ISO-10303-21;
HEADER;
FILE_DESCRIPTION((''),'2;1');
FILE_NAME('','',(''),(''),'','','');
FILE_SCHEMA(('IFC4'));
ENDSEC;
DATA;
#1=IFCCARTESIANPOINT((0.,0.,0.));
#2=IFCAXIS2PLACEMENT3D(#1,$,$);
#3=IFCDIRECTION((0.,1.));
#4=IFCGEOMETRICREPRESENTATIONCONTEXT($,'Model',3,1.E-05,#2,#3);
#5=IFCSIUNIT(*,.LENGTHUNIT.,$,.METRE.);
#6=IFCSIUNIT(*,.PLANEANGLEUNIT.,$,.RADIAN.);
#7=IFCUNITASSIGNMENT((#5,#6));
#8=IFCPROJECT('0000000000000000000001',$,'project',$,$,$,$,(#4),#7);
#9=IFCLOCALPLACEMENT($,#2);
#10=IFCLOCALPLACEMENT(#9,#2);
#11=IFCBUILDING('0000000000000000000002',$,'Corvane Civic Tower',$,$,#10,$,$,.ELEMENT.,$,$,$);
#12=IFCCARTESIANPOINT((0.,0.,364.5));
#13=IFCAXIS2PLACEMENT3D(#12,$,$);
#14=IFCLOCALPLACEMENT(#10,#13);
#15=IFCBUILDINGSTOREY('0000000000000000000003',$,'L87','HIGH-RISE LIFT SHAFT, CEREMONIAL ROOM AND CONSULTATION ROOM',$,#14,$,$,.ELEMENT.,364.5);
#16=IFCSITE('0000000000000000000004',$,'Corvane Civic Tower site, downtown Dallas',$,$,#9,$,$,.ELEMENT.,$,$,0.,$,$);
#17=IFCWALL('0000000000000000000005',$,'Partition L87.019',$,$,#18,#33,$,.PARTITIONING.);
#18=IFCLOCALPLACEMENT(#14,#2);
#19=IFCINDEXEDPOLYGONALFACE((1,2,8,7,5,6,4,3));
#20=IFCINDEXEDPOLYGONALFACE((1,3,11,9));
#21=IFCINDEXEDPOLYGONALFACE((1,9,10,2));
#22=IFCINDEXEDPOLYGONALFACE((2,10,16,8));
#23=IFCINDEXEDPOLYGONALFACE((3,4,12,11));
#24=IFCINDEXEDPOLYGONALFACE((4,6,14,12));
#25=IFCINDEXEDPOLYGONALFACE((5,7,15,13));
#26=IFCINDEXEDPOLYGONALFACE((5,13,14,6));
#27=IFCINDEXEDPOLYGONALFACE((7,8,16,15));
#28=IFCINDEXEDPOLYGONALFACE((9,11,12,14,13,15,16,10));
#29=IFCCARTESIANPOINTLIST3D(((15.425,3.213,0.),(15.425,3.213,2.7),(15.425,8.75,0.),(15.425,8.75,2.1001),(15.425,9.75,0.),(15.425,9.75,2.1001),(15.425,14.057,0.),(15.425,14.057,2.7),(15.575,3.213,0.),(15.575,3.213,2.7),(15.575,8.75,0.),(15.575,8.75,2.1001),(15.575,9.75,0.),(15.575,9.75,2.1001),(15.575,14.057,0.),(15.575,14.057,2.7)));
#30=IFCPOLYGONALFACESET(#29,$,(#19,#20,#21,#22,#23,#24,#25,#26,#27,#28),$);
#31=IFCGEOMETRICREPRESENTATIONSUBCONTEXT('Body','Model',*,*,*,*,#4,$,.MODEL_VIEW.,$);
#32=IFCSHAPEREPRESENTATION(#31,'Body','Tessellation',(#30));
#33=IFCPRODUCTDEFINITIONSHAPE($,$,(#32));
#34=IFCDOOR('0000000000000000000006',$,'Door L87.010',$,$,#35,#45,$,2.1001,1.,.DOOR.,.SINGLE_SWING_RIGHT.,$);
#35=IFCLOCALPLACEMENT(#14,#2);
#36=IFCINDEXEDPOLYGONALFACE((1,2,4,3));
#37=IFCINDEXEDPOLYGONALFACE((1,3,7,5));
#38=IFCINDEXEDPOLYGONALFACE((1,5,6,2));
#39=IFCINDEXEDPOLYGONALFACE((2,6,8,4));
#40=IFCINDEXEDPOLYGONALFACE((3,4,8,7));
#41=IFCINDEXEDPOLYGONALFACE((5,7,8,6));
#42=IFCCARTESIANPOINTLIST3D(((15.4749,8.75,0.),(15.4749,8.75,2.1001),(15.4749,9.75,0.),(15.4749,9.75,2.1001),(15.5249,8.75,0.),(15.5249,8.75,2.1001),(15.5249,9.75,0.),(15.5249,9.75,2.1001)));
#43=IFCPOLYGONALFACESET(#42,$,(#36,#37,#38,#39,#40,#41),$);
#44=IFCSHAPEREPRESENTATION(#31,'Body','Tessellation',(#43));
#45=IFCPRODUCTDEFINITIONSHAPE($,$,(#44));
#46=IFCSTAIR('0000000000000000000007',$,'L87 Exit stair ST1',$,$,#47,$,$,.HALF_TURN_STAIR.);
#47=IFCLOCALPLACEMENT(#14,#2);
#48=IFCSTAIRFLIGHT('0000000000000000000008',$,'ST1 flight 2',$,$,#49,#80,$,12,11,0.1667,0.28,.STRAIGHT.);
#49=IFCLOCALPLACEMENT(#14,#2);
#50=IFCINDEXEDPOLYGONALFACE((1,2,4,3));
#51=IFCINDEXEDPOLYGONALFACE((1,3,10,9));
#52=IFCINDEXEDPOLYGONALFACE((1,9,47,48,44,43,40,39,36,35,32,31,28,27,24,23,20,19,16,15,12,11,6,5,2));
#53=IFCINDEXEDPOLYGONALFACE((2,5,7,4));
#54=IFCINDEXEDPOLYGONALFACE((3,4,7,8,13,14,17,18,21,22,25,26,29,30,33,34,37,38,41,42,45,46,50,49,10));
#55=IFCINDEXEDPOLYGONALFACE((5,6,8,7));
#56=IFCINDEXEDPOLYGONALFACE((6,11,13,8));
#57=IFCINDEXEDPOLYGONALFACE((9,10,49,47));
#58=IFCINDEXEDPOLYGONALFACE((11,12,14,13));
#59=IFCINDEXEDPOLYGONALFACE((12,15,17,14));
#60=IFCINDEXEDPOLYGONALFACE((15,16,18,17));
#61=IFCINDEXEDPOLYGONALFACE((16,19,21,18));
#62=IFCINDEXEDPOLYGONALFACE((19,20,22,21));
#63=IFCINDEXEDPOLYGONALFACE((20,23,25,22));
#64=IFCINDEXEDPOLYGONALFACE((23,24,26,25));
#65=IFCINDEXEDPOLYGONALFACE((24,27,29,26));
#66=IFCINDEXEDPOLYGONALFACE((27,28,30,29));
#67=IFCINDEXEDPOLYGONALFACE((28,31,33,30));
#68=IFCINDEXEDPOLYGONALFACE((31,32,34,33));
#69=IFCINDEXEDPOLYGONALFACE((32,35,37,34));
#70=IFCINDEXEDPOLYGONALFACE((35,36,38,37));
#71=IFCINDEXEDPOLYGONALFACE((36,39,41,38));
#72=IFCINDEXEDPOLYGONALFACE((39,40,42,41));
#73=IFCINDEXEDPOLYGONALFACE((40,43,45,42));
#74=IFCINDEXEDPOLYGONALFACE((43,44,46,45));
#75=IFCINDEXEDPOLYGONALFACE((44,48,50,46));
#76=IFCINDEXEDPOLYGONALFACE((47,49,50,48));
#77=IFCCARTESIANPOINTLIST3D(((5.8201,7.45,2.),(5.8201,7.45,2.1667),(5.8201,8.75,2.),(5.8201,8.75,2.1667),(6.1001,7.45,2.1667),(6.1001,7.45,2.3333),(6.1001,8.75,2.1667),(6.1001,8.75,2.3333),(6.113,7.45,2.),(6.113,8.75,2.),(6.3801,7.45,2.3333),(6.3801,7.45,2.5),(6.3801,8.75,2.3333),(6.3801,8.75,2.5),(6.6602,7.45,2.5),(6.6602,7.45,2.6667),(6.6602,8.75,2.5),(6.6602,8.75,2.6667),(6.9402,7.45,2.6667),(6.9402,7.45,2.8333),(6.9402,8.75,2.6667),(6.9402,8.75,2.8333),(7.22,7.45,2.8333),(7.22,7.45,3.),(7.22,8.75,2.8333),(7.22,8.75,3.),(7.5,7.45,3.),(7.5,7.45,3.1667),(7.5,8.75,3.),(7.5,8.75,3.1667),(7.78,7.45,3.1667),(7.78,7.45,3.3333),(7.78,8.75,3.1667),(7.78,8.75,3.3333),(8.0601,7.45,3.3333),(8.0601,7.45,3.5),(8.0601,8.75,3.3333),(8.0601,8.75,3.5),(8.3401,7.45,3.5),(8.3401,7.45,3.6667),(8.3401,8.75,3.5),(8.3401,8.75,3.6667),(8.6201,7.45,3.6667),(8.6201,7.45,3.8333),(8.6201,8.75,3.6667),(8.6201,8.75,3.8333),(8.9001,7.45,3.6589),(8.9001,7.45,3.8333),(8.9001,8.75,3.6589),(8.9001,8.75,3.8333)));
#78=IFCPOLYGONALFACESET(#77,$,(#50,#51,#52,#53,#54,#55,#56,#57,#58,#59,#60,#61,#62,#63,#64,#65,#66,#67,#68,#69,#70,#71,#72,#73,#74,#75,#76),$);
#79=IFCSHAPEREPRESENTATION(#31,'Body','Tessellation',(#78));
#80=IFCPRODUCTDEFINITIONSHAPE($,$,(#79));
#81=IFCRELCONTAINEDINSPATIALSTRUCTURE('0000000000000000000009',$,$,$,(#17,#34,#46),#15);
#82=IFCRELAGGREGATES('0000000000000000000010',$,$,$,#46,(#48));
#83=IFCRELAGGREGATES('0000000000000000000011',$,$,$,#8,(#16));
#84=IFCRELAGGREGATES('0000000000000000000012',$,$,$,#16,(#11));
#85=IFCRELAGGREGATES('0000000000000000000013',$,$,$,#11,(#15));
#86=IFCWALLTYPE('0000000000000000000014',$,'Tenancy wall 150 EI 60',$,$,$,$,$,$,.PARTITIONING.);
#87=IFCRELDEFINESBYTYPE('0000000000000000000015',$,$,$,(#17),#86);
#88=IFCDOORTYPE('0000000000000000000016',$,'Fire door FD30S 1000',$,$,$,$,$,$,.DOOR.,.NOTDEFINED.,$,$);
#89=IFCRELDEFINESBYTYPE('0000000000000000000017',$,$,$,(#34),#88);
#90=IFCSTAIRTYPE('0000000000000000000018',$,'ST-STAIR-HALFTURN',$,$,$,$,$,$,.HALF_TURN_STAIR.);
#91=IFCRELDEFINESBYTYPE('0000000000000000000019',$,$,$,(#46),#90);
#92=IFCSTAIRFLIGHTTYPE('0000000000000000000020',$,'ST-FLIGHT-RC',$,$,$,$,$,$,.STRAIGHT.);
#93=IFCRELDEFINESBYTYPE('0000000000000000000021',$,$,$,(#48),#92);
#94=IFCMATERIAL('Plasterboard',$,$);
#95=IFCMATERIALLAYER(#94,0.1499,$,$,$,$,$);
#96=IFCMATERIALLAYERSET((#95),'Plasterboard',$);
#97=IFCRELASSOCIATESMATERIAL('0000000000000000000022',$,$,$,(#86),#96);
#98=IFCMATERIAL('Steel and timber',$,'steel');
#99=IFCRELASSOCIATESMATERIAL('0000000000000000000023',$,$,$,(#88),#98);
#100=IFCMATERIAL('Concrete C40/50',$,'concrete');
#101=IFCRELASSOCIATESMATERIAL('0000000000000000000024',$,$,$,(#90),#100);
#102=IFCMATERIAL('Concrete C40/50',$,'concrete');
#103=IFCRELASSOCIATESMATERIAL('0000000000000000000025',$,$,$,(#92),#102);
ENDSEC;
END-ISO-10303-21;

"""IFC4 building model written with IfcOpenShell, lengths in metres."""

from ifc_helpers import new_model, si_unit, direction, frame, frame_2d, origin, place, context, subcontext, project, spatial, polyline, rectangle, outline, extrude, material, layer, layer_set, type_object, element, fill, aggregate, save


model = new_model("IFC4")

# Units and contexts
model_context = context("Model", 3, precision=1e-05, world=origin(), true_north=direction((0.0, 1.0)))
body_context = subcontext(model_context, "Body", "Model", "MODEL_VIEW")
ifc_project = project(units=[si_unit("LENGTHUNIT", "METRE"), si_unit("PLANEANGLEUNIT", "RADIAN")], contexts=[model_context])

# Site, building, storey
site_placement = place(None, origin())
site = spatial("IfcSite", under=ifc_project, at=site_placement, Name="Corvane Civic Tower site, downtown Dallas", CompositionType="ELEMENT", RefElevation=0.0)
building_placement = place(site_placement, origin())
building = spatial("IfcBuilding", under=site, at=building_placement, Name="Corvane Civic Tower", CompositionType="ELEMENT")
storey_placement = place(building_placement, frame((0.0, 0.0, 364.5)))
storey = spatial("IfcBuildingStorey", under=building, at=storey_placement, Name="L87", Description="HIGH-RISE LIFT SHAFT, CEREMONIAL ROOM AND CONSULTATION ROOM", CompositionType="ELEMENT", Elevation=364.5)

# Wall, opening, door
ifc_material_1 = material(Name="Plasterboard")
ifc_layer_1 = layer(ifc_material_1, 0.1499)
ifc_layer_set_1 = layer_set([ifc_layer_1], Name="Plasterboard")
wall_type_1 = type_object("IfcWallType", Name="Tenancy wall 150 EI 60", PredefinedType="PARTITIONING", material=ifc_layer_set_1)
wall_1_placement = place(storey_placement, frame((15.5, 3.2131, 0.0), z_axis=(0.0, 0.0, 1.0), x_axis=(0.0, 1.0, 0.0)))
wall_1 = element("IfcWall", 1, at=wall_1_placement, inside=storey, type_object=wall_type_1, Name="Partition L87.019", PredefinedType="PARTITIONING", context=body_context, shape_type="SweptSolid", body=[
    extrude(rectangle(XDim=10.844, YDim=0.1499, at=frame_2d((5.4219, 0.0))), origin(), (0.0, 0.0, 1.0), 2.7),
])
opening_1_placement = place(wall_1_placement, frame((5.5369, 0.0, 0.0)))
opening_1 = element("IfcOpeningElement", 2, at=opening_1_placement, cuts=wall_1, PredefinedType="OPENING", context=body_context, shape_type="SweptSolid", body=[
    extrude(rectangle(XDim=1.0, YDim=2.1001, at=frame_2d((0.5, 1.05))), frame((0.0, 0.085, 0.0), z_axis=(0.0, -1.0, 0.0), x_axis=(1.0, 0.0, 0.0)), (0.0, 0.0, 1.0), 0.1699),
])
ifc_material_2 = material(Name="Steel and timber", Category="steel")
door_type_1 = type_object("IfcDoorType", Name="Fire door FD30S 1000", OperationType="NOTDEFINED", PredefinedType="DOOR", material=ifc_material_2)
door_1_placement = place(opening_1_placement, frame((1.0, 0.0, 0.0), z_axis=(0.0, 0.0, 1.0), x_axis=(-1.0, 0.0, 0.0)))
door_1 = element("IfcDoor", 3, at=door_1_placement, inside=storey, type_object=door_type_1, Name="Door L87.010", OperationType="SINGLE_SWING_RIGHT", OverallHeight=2.1001, OverallWidth=1.0, PredefinedType="DOOR", context=body_context, shape_type="SweptSolid", body=[
    extrude(rectangle(XDim=1.0, YDim=2.1001, at=frame_2d((0.5, 1.05))), frame((0.0, 0.0249, 0.0), z_axis=(0.0, -1.0, 0.0), x_axis=(1.0, 0.0, 0.0)), (0.0, 0.0, 1.0), 0.05),
])
fill(opening_1, door_1)

# Stair, stair flight
ifc_material_3 = material(Name="Concrete C40/50", Category="concrete")
stair_type = type_object("IfcStairType", Name="ST-STAIR-HALFTURN", PredefinedType="HALF_TURN_STAIR", material=ifc_material_3)
stair_placement = place(storey_placement, origin())
stair = element("IfcStair", 4, at=stair_placement, inside=storey, type_object=stair_type, Name="L87 Exit stair ST1", PredefinedType="HALF_TURN_STAIR")
ifc_material_4 = material(Name="Concrete C40/50", Category="concrete")
stair_flight_type = type_object("IfcStairFlightType", Name="ST-FLIGHT-RC", PredefinedType="STRAIGHT", material=ifc_material_4)
stair_flight_placement = place(storey_placement, frame((5.8201, 8.1001, 2.0), z_axis=(0.0, 0.0, 1.0), x_axis=(1.0, 0.0, 0.0)))
stair_flight = element("IfcStairFlight", 5, at=stair_flight_placement, type_object=stair_flight_type, Name="ST1 flight 2", NumberOfRisers=12, NumberOfTreads=11, PredefinedType="STRAIGHT", RiserHeight=0.1667, TreadLength=0.28, context=body_context, shape_type="SweptSolid", body=[
    extrude(outline(polyline([(0.0, 0.0), (0.0, 0.1667), (0.28, 0.1667), (0.28, 0.3333), (0.5601, 0.3333), (0.5601, 0.5), (0.8401, 0.5), (0.8401, 0.6667), (1.1201, 0.6667), (1.1201, 0.8333), (1.3999, 0.8333), (1.3999, 1.0), (1.6799, 1.0), (1.6799, 1.1667), (1.96, 1.1667), (1.96, 1.3333), (2.24, 1.3333), (2.24, 1.5), (2.52, 1.5), (2.52, 1.6667), (2.8, 1.6667), (2.8, 1.8333), (3.0801, 1.8333), (3.0801, 2.0), (3.0801, 1.6589), (0.293, 0.0), (0.0, 0.0)])), frame((0.0, 0.6499, 0.0), z_axis=(0.0, -1.0, 0.0), x_axis=(1.0, 0.0, 0.0)), (0.0, 0.0, 1.0), 1.3),
])
aggregate(stair, [stair_flight])

save(model, "model.ifc")
